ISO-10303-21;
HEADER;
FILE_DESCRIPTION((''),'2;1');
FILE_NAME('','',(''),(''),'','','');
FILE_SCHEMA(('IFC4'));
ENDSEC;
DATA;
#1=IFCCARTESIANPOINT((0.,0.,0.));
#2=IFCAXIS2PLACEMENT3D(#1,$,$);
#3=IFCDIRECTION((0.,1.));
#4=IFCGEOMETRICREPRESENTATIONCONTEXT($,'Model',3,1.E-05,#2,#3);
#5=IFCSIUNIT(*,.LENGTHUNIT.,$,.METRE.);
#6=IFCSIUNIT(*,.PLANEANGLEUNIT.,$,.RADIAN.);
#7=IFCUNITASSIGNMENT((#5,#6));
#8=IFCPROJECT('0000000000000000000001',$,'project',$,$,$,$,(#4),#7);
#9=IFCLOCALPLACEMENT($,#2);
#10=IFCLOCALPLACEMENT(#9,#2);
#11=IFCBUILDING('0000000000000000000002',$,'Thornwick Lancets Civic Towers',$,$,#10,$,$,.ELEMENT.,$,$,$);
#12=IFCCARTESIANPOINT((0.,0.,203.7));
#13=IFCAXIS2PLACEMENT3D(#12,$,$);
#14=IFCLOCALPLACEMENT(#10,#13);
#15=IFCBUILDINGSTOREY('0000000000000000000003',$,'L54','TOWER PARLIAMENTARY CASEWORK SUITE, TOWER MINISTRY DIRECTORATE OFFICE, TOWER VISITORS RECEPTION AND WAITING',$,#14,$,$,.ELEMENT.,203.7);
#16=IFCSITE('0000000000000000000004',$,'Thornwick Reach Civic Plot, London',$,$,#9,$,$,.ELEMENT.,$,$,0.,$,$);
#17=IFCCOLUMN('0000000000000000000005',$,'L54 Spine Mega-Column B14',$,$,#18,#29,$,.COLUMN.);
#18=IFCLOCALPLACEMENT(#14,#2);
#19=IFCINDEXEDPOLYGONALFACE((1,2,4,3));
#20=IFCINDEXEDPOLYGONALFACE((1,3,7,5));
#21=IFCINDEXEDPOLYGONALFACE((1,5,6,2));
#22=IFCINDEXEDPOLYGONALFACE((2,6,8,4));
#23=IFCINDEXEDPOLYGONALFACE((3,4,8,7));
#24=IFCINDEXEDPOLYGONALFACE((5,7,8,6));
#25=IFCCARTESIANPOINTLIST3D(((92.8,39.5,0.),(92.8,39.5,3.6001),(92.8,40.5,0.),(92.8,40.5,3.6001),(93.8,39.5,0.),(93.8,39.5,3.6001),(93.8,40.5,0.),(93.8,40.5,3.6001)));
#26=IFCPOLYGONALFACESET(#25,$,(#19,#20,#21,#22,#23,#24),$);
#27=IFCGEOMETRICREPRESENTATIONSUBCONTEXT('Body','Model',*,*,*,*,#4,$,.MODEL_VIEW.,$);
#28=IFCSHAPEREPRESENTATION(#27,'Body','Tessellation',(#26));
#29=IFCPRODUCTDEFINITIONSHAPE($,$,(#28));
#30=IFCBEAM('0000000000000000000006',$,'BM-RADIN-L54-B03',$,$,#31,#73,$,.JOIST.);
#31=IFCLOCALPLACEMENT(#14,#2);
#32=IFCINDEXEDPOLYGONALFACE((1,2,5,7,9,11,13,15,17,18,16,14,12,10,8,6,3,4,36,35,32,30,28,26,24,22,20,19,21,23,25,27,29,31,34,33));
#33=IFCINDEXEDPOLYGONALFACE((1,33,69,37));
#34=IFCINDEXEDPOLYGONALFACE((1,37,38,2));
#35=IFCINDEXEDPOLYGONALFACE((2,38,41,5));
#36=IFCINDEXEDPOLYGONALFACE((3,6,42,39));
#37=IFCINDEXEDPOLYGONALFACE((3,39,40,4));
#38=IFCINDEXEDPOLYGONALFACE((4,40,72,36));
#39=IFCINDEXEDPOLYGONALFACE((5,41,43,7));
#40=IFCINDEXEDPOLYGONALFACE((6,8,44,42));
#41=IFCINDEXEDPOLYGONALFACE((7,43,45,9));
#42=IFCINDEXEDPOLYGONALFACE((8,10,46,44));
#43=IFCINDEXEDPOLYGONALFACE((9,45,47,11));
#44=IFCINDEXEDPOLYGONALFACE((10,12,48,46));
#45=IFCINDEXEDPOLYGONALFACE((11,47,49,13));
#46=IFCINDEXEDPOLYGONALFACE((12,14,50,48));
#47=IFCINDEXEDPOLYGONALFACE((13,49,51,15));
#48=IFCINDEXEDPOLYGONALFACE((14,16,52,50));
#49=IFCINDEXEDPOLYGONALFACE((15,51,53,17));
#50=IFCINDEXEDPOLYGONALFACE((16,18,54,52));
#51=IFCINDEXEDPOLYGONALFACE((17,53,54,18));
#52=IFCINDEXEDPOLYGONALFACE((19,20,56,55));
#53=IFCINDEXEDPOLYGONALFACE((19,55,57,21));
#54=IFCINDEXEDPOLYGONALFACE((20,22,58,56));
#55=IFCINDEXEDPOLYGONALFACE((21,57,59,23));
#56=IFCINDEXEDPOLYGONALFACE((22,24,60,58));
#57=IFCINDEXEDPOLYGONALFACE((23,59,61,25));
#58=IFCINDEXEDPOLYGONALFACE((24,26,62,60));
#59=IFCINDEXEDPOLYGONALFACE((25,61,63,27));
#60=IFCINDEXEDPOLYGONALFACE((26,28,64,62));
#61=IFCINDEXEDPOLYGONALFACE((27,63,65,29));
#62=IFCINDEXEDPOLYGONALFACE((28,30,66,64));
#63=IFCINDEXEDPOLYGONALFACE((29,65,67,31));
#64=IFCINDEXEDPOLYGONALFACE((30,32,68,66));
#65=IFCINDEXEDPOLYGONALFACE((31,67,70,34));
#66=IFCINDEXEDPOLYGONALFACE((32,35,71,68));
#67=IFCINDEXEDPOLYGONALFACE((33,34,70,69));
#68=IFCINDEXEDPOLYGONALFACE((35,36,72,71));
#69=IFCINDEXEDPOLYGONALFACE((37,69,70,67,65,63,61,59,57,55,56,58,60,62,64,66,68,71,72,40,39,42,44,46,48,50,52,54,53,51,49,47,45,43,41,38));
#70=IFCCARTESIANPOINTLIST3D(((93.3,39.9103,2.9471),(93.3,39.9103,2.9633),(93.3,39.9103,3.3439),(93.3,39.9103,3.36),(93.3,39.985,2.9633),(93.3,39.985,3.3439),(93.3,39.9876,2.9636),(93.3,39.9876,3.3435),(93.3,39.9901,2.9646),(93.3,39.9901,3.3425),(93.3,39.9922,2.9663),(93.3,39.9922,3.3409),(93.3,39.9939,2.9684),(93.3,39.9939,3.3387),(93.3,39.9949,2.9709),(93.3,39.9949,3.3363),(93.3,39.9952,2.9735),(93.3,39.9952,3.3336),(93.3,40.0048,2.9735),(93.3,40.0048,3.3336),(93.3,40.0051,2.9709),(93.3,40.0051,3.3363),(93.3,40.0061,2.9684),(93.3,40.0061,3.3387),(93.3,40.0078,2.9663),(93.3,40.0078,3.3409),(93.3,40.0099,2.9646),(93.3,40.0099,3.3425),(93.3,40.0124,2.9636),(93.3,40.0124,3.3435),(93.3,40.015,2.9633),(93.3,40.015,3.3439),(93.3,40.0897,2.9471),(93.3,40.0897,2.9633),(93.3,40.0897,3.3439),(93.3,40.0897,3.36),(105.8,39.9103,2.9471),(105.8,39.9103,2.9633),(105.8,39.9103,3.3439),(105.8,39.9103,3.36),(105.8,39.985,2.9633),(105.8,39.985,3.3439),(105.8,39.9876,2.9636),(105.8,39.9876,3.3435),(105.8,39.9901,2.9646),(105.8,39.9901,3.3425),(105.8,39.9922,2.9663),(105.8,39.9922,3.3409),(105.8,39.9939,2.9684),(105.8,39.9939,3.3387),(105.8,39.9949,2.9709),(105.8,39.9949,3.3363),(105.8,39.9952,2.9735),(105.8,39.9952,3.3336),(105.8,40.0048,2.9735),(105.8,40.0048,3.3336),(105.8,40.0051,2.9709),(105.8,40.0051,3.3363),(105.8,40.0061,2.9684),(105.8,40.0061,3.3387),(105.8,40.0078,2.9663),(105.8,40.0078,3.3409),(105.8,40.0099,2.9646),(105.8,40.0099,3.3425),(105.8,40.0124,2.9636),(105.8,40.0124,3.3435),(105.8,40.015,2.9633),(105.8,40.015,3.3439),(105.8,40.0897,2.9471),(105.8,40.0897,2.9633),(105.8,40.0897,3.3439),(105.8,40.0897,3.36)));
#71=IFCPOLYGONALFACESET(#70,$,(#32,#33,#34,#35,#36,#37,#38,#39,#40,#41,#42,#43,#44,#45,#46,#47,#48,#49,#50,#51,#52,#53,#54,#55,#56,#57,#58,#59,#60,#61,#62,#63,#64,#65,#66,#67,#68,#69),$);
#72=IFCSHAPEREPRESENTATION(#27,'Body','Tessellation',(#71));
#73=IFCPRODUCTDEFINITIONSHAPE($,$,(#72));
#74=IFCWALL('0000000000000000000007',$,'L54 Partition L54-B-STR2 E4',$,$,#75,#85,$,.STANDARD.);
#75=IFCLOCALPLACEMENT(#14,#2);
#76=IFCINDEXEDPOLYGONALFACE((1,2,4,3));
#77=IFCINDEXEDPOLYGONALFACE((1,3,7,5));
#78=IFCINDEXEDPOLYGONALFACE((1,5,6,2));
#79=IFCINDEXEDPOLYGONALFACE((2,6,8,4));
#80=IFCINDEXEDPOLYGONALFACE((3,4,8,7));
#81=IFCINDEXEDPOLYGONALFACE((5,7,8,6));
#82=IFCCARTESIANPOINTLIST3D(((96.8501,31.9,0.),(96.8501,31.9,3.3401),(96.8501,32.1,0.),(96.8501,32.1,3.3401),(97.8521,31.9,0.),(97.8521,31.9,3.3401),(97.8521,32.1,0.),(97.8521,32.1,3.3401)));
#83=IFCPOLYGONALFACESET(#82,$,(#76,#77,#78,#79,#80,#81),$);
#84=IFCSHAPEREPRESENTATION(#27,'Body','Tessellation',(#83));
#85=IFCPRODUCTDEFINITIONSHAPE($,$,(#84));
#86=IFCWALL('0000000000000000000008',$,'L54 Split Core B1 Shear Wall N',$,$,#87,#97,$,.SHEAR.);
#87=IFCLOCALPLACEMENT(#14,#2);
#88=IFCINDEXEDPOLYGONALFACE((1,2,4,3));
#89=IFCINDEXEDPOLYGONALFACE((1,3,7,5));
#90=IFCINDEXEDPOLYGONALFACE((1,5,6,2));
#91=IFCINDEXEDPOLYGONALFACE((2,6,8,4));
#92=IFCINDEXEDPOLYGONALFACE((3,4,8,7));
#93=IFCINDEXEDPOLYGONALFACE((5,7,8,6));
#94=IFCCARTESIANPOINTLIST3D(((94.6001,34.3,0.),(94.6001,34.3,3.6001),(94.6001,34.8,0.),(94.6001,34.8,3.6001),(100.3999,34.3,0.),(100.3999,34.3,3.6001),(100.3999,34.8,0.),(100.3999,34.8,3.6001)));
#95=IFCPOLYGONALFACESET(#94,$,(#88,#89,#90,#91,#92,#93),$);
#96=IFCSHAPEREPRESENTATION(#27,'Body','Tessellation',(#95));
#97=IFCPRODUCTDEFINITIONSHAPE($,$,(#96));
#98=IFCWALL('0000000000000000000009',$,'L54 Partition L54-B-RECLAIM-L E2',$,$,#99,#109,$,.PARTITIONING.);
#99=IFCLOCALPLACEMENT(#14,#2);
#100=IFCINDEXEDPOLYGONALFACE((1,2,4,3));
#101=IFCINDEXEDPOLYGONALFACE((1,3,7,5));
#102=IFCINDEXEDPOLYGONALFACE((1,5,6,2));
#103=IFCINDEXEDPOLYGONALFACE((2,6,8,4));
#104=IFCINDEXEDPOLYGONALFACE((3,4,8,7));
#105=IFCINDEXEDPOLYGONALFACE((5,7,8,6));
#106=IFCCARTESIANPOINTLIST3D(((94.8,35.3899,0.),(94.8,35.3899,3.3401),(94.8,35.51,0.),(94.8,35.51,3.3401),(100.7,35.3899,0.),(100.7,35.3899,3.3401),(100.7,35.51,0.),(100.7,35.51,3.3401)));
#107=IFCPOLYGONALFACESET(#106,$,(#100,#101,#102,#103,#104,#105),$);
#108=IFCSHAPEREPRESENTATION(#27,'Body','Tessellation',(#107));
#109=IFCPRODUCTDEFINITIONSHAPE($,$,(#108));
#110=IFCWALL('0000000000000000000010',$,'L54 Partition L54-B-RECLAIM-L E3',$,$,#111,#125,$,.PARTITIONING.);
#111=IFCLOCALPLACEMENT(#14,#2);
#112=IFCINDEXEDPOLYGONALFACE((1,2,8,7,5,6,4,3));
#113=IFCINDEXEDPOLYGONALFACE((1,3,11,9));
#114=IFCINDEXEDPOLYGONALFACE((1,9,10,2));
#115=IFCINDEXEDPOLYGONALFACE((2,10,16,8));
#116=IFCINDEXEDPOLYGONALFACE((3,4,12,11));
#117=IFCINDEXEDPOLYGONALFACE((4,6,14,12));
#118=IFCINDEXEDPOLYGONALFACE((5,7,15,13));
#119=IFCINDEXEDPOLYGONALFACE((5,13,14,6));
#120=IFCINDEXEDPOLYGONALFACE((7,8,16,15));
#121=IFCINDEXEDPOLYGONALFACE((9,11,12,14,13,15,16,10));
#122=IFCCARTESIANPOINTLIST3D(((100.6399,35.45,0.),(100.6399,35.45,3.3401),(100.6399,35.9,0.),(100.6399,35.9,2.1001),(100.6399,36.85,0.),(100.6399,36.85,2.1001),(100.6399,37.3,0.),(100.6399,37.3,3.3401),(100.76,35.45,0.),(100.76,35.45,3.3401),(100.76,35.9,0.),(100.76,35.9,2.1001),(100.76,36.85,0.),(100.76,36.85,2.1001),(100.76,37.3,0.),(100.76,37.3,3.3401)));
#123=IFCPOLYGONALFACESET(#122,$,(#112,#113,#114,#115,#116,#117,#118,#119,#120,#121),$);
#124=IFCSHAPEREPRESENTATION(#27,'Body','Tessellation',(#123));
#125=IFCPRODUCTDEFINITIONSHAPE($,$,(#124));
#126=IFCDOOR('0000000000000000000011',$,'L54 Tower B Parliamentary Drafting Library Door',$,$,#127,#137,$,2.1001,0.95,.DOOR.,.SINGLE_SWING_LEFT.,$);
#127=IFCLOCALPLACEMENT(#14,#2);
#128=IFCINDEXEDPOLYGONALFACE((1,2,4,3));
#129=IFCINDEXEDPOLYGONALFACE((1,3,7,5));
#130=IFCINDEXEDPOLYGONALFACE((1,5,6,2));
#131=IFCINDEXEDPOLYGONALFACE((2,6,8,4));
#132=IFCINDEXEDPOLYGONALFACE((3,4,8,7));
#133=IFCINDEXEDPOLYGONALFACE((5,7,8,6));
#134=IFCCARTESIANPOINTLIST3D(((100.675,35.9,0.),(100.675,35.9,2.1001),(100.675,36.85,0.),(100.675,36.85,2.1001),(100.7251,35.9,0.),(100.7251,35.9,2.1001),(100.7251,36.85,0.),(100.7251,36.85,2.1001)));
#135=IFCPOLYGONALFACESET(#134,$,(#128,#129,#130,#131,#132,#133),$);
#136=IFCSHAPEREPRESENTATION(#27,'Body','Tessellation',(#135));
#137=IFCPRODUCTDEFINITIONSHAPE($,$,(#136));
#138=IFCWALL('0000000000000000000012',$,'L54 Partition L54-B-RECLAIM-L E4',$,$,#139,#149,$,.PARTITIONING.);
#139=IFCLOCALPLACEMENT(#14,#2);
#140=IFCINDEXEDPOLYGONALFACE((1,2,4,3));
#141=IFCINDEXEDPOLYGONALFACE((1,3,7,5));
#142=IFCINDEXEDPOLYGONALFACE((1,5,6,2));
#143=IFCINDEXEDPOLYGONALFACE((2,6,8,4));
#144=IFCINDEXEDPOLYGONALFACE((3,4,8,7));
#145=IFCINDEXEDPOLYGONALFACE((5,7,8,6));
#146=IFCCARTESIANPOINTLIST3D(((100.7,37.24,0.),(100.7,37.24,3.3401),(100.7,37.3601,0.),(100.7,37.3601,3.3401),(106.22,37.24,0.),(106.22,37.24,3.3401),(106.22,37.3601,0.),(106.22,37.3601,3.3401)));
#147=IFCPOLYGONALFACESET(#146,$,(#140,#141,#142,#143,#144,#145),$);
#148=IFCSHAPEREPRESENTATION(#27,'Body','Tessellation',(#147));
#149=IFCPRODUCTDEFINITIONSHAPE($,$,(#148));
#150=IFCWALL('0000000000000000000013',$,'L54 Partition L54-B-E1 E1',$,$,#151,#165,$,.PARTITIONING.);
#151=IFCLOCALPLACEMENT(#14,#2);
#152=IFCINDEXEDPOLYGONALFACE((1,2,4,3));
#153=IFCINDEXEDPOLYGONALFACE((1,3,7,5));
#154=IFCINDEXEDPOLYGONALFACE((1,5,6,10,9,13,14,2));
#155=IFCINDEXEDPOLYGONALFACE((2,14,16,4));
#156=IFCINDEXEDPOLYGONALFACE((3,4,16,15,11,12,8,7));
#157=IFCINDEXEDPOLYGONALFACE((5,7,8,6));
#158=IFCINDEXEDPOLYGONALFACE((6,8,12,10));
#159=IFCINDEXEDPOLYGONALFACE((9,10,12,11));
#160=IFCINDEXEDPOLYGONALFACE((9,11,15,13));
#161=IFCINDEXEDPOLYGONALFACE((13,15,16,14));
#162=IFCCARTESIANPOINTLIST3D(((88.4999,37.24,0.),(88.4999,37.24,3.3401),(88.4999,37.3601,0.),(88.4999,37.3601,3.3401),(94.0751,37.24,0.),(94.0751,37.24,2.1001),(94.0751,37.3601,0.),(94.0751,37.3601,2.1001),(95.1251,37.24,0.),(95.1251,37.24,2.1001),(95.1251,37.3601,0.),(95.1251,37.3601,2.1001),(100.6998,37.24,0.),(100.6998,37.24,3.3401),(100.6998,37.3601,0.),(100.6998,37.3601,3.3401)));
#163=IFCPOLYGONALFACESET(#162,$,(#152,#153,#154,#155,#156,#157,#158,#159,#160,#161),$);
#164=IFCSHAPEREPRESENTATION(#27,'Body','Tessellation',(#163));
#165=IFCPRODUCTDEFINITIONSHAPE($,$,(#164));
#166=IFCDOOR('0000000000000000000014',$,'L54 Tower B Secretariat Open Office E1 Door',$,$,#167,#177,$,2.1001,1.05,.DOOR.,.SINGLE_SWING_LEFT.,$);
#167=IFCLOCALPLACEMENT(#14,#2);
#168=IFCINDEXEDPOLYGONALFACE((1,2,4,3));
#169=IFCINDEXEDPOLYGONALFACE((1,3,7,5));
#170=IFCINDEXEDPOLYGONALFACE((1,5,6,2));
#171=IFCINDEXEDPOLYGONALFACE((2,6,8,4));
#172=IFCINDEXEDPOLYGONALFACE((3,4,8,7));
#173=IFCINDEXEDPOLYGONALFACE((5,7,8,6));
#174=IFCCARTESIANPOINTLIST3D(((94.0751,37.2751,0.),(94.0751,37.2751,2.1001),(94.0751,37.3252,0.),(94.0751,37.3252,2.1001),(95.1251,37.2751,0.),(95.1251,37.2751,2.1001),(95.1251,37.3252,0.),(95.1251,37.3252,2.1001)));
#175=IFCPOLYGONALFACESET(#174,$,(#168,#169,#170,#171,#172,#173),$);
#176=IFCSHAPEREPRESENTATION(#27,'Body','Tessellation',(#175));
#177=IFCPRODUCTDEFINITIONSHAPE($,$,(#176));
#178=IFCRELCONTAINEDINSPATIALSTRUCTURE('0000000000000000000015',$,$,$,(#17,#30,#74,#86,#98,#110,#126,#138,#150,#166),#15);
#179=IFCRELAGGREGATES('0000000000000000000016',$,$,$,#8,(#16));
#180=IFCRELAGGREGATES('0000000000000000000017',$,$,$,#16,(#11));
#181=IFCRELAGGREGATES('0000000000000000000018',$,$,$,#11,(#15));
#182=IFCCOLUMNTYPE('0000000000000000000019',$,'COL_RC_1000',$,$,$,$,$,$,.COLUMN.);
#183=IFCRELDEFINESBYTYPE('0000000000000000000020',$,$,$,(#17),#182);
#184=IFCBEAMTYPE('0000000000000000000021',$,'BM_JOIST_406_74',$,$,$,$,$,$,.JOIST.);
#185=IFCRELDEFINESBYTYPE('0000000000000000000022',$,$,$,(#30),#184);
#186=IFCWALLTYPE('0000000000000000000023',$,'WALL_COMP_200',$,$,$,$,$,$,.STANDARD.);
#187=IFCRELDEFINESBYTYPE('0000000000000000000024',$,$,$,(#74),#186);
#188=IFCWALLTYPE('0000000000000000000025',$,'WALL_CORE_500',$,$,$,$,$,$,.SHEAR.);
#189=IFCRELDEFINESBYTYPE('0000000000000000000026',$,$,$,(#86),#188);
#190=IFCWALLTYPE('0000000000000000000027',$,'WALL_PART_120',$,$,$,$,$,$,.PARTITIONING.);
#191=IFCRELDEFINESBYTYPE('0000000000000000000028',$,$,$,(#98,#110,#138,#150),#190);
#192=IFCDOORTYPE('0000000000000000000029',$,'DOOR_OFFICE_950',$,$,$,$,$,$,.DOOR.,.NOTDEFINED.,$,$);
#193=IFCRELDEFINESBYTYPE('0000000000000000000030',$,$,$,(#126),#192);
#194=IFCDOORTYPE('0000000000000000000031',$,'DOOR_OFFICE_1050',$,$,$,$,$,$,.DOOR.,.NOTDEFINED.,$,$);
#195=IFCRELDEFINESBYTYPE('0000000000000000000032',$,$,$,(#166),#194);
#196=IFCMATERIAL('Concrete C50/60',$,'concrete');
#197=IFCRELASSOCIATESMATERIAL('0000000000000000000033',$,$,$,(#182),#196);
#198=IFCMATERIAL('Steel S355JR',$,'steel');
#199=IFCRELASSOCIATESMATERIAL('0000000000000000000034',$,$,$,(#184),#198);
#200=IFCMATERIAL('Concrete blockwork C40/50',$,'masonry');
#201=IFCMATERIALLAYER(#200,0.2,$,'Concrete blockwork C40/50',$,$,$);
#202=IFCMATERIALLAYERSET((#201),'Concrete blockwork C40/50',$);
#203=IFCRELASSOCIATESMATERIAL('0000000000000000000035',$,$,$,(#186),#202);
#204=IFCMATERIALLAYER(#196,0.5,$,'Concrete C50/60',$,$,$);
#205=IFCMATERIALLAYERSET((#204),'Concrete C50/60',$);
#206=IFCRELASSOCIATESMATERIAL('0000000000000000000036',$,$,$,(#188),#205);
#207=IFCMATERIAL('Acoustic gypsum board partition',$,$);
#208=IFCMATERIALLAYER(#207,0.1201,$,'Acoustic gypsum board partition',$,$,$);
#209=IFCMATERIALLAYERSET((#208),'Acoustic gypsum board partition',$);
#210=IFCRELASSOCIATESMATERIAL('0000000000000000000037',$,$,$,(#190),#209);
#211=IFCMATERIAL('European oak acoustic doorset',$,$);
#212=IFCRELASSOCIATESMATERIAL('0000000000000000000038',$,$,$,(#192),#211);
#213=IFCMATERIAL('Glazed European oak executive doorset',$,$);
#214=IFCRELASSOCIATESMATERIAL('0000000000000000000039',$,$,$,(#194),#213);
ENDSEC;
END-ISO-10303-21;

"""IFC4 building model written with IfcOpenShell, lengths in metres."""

from ifc_helpers import new_model, si_unit, direction, frame, frame_2d, origin, origin_2d, place, context, subcontext, project, spatial, rectangle, i_section, extrude, material, layer, layer_set, material_profile, profile_set, type_object, element, fill, save


model = new_model("IFC4")

# Units and contexts
model_context = context("Model", 3, precision=1e-05, world=origin(), true_north=direction((0.0, 1.0)))
body_context = subcontext(model_context, "Body", "Model", "MODEL_VIEW")
ifc_project = project(units=[si_unit("LENGTHUNIT", "METRE"), si_unit("PLANEANGLEUNIT", "RADIAN")], contexts=[model_context])

# Site, building, storey
site_placement = place(None, origin())
site = spatial("IfcSite", under=ifc_project, at=site_placement, Name="Thornwick Reach Civic Plot, London", CompositionType="ELEMENT", RefElevation=0.0)
building_placement = place(site_placement, origin())
building = spatial("IfcBuilding", under=site, at=building_placement, Name="Thornwick Lancets Civic Towers", CompositionType="ELEMENT")
storey_placement = place(building_placement, frame((0.0, 0.0, 203.7)))
storey = spatial("IfcBuildingStorey", under=building, at=storey_placement, Name="L54", Description="TOWER PARLIAMENTARY CASEWORK SUITE, TOWER MINISTRY DIRECTORATE OFFICE, TOWER VISITORS RECEPTION AND WAITING", CompositionType="ELEMENT", Elevation=203.7)

# Column
ifc_material_1 = material(Name="Concrete C50/60", Category="concrete")
ifc_material_profile_1 = material_profile(ifc_material_1, rectangle(XDim=1.0, YDim=1.0, at=origin_2d()), Name="RC 1000x1000")
ifc_profile_set_1 = profile_set([ifc_material_profile_1], Name="Concrete C50/60")
column_type = type_object("IfcColumnType", Name="COL_RC_1000", PredefinedType="COLUMN", material=ifc_profile_set_1)
column_placement = place(storey_placement, frame((93.3, 40.0, 0.0), z_axis=(0.0, 0.0, 1.0), x_axis=(1.0, 0.0, 0.0)))
element("IfcColumn", 1, at=column_placement, inside=storey, type_object=column_type, Name="L54 Spine Mega-Column B14", PredefinedType="COLUMN", context=body_context, shape_type="SweptSolid", body=[
    extrude(rectangle(XDim=1.0, YDim=1.0, at=origin_2d()), origin(), (0.0, 0.0, 1.0), 3.6001),
])

# Beam
ifc_material_2 = material(Name="Steel S355JR", Category="steel")
ifc_material_profile_2 = material_profile(ifc_material_2, i_section(OverallWidth=0.1794, OverallDepth=0.4128, WebThickness=0.0095, FlangeThickness=0.0161, FilletRadius=0.0103, at=origin_2d()), Name="UKB 406x178x74")
ifc_profile_set_2 = profile_set([ifc_material_profile_2], Name="Steel S355JR")
beam_type = type_object("IfcBeamType", Name="BM_JOIST_406_74", PredefinedType="JOIST", material=ifc_profile_set_2)
beam_placement = place(storey_placement, frame((93.3, 40.0, 3.1536), z_axis=(1.0, 0.0, 0.0), x_axis=(0.0, 1.0, 0.0)))
element("IfcBeam", 2, at=beam_placement, inside=storey, type_object=beam_type, Name="BM-RADIN-L54-B03", PredefinedType="JOIST", context=body_context, shape_type="SweptSolid", body=[
    extrude(i_section(OverallWidth=0.1794, OverallDepth=0.4128, WebThickness=0.0095, FlangeThickness=0.0161, FilletRadius=0.0103, at=origin_2d()), origin(), (0.0, 0.0, 1.0), 12.5),
])

# Walls
ifc_material_3 = material(Name="Concrete blockwork C40/50", Category="masonry")
ifc_layer_1 = layer(ifc_material_3, 0.2, Name="Concrete blockwork C40/50")
ifc_layer_set_1 = layer_set([ifc_layer_1], Name="Concrete blockwork C40/50")
wall_type_1 = type_object("IfcWallType", Name="WALL_COMP_200", PredefinedType="STANDARD", material=ifc_layer_set_1)
wall_1_placement = place(storey_placement, frame((97.8521, 32.0, 0.0), z_axis=(0.0, 0.0, 1.0), x_axis=(-1.0, 0.0, 0.0)))
element("IfcWall", 3, at=wall_1_placement, inside=storey, type_object=wall_type_1, Name="L54 Partition L54-B-STR2 E4", PredefinedType="STANDARD", context=body_context, shape_type="SweptSolid", body=[
    extrude(rectangle(XDim=1.002, YDim=0.2, at=frame_2d((0.501, 0.0))), origin(), (0.0, 0.0, 1.0), 3.3401),
])
ifc_layer_2 = layer(ifc_material_1, 0.5, Name="Concrete C50/60")
ifc_layer_set_2 = layer_set([ifc_layer_2], Name="Concrete C50/60")
wall_type_2 = type_object("IfcWallType", Name="WALL_CORE_500", PredefinedType="SHEAR", material=ifc_layer_set_2)
wall_2_placement = place(storey_placement, frame((94.6001, 34.55, 0.0), z_axis=(0.0, 0.0, 1.0), x_axis=(1.0, 0.0, 0.0)))
element("IfcWall", 4, at=wall_2_placement, inside=storey, type_object=wall_type_2, Name="L54 Split Core B1 Shear Wall N", PredefinedType="SHEAR", context=body_context, shape_type="SweptSolid", body=[
    extrude(rectangle(XDim=5.7998, YDim=0.5, at=frame_2d((2.8999, 0.0))), origin(), (0.0, 0.0, 1.0), 3.6001),
])
ifc_material_4 = material(Name="Acoustic gypsum board partition")
ifc_layer_3 = layer(ifc_material_4, 0.1201, Name="Acoustic gypsum board partition")
ifc_layer_set_3 = layer_set([ifc_layer_3], Name="Acoustic gypsum board partition")
wall_type_3 = type_object("IfcWallType", Name="WALL_PART_120", PredefinedType="PARTITIONING", material=ifc_layer_set_3)
wall_3_placement = place(storey_placement, frame((94.8, 35.45, 0.0), z_axis=(0.0, 0.0, 1.0), x_axis=(1.0, 0.0, 0.0)))
element("IfcWall", 5, at=wall_3_placement, inside=storey, type_object=wall_type_3, Name="L54 Partition L54-B-RECLAIM-L E2", PredefinedType="PARTITIONING", context=body_context, shape_type="SweptSolid", body=[
    extrude(rectangle(XDim=5.8999, YDim=0.1201, at=frame_2d((2.95, 0.0))), origin(), (0.0, 0.0, 1.0), 3.3401),
])

# Wall, opening, door
wall_4_placement = place(storey_placement, frame((100.7, 35.45, 0.0), z_axis=(0.0, 0.0, 1.0), x_axis=(0.0, 1.0, 0.0)))
wall_4 = element("IfcWall", 6, at=wall_4_placement, inside=storey, type_object=wall_type_3, Name="L54 Partition L54-B-RECLAIM-L E3", PredefinedType="PARTITIONING", context=body_context, shape_type="SweptSolid", body=[
    extrude(rectangle(XDim=1.8501, YDim=0.1201, at=frame_2d((0.925, 0.0))), origin(), (0.0, 0.0, 1.0), 3.3401),
])
opening_1_placement = place(wall_4_placement, frame((0.45, 0.0, 0.0)))
opening_1 = element("IfcOpeningElement", 7, at=opening_1_placement, cuts=wall_4, PredefinedType="OPENING", context=body_context, shape_type="SweptSolid", body=[
    extrude(rectangle(XDim=0.95, YDim=2.1001, at=frame_2d((0.4751, 1.05))), frame((0.0, 0.0701, 0.0), z_axis=(0.0, -1.0, 0.0), x_axis=(1.0, 0.0, 0.0)), (0.0, 0.0, 1.0), 0.1401),
])
ifc_material_5 = material(Name="European oak acoustic doorset")
door_type_1 = type_object("IfcDoorType", Name="DOOR_OFFICE_950", OperationType="NOTDEFINED", PredefinedType="DOOR", material=ifc_material_5)
door_1_placement = place(opening_1_placement, origin())
door_1 = element("IfcDoor", 8, at=door_1_placement, inside=storey, type_object=door_type_1, Name="L54 Tower B Parliamentary Drafting Library Door", OperationType="SINGLE_SWING_LEFT", OverallHeight=2.1001, OverallWidth=0.95, PredefinedType="DOOR", context=body_context, shape_type="SweptSolid", body=[
    extrude(rectangle(XDim=0.95, YDim=2.1001, at=frame_2d((0.4751, 1.05))), frame((0.0, 0.0249, 0.0), z_axis=(0.0, -1.0, 0.0), x_axis=(1.0, 0.0, 0.0)), (0.0, 0.0, 1.0), 0.05),
])
fill(opening_1, door_1)

# Wall
wall_5_placement = place(storey_placement, frame((100.7, 37.3, 0.0), z_axis=(0.0, 0.0, 1.0), x_axis=(1.0, 0.0, 0.0)))
element("IfcWall", 9, at=wall_5_placement, inside=storey, type_object=wall_type_3, Name="L54 Partition L54-B-RECLAIM-L E4", PredefinedType="PARTITIONING", context=body_context, shape_type="SweptSolid", body=[
    extrude(rectangle(XDim=5.52, YDim=0.1201, at=frame_2d((2.76, 0.0))), origin(), (0.0, 0.0, 1.0), 3.3401),
])

# Wall, opening, door
wall_6_placement = place(storey_placement, frame((100.7, 37.3, 0.0), z_axis=(0.0, 0.0, 1.0), x_axis=(-1.0, 0.0, 0.0)))
wall_6 = element("IfcWall", 10, at=wall_6_placement, inside=storey, type_object=wall_type_3, Name="L54 Partition L54-B-E1 E1", PredefinedType="PARTITIONING", context=body_context, shape_type="SweptSolid", body=[
    extrude(rectangle(XDim=12.2, YDim=0.1201, at=frame_2d((6.1001, 0.0))), origin(), (0.0, 0.0, 1.0), 3.3401),
])
opening_2_placement = place(wall_6_placement, frame((5.575, 0.0, 0.0)))
opening_2 = element("IfcOpeningElement", 11, at=opening_2_placement, cuts=wall_6, PredefinedType="OPENING", context=body_context, shape_type="SweptSolid", body=[
    extrude(rectangle(XDim=1.05, YDim=2.1001, at=frame_2d((0.5249, 1.05))), frame((0.0, 0.0701, 0.0), z_axis=(0.0, -1.0, 0.0), x_axis=(1.0, 0.0, 0.0)), (0.0, 0.0, 1.0), 0.1401),
])
ifc_material_6 = material(Name="Glazed European oak executive doorset")
door_type_2 = type_object("IfcDoorType", Name="DOOR_OFFICE_1050", OperationType="NOTDEFINED", PredefinedType="DOOR", material=ifc_material_6)
door_2_placement = place(opening_2_placement, origin())
door_2 = element("IfcDoor", 12, at=door_2_placement, inside=storey, type_object=door_type_2, Name="L54 Tower B Secretariat Open Office E1 Door", OperationType="SINGLE_SWING_LEFT", OverallHeight=2.1001, OverallWidth=1.05, PredefinedType="DOOR", context=body_context, shape_type="SweptSolid", body=[
    extrude(rectangle(XDim=1.05, YDim=2.1001, at=frame_2d((0.5249, 1.05))), frame((0.0, 0.0249, 0.0), z_axis=(0.0, -1.0, 0.0), x_axis=(1.0, 0.0, 0.0)), (0.0, 0.0, 1.0), 0.05),
])
fill(opening_2, door_2)

save(model, "model.ifc")
